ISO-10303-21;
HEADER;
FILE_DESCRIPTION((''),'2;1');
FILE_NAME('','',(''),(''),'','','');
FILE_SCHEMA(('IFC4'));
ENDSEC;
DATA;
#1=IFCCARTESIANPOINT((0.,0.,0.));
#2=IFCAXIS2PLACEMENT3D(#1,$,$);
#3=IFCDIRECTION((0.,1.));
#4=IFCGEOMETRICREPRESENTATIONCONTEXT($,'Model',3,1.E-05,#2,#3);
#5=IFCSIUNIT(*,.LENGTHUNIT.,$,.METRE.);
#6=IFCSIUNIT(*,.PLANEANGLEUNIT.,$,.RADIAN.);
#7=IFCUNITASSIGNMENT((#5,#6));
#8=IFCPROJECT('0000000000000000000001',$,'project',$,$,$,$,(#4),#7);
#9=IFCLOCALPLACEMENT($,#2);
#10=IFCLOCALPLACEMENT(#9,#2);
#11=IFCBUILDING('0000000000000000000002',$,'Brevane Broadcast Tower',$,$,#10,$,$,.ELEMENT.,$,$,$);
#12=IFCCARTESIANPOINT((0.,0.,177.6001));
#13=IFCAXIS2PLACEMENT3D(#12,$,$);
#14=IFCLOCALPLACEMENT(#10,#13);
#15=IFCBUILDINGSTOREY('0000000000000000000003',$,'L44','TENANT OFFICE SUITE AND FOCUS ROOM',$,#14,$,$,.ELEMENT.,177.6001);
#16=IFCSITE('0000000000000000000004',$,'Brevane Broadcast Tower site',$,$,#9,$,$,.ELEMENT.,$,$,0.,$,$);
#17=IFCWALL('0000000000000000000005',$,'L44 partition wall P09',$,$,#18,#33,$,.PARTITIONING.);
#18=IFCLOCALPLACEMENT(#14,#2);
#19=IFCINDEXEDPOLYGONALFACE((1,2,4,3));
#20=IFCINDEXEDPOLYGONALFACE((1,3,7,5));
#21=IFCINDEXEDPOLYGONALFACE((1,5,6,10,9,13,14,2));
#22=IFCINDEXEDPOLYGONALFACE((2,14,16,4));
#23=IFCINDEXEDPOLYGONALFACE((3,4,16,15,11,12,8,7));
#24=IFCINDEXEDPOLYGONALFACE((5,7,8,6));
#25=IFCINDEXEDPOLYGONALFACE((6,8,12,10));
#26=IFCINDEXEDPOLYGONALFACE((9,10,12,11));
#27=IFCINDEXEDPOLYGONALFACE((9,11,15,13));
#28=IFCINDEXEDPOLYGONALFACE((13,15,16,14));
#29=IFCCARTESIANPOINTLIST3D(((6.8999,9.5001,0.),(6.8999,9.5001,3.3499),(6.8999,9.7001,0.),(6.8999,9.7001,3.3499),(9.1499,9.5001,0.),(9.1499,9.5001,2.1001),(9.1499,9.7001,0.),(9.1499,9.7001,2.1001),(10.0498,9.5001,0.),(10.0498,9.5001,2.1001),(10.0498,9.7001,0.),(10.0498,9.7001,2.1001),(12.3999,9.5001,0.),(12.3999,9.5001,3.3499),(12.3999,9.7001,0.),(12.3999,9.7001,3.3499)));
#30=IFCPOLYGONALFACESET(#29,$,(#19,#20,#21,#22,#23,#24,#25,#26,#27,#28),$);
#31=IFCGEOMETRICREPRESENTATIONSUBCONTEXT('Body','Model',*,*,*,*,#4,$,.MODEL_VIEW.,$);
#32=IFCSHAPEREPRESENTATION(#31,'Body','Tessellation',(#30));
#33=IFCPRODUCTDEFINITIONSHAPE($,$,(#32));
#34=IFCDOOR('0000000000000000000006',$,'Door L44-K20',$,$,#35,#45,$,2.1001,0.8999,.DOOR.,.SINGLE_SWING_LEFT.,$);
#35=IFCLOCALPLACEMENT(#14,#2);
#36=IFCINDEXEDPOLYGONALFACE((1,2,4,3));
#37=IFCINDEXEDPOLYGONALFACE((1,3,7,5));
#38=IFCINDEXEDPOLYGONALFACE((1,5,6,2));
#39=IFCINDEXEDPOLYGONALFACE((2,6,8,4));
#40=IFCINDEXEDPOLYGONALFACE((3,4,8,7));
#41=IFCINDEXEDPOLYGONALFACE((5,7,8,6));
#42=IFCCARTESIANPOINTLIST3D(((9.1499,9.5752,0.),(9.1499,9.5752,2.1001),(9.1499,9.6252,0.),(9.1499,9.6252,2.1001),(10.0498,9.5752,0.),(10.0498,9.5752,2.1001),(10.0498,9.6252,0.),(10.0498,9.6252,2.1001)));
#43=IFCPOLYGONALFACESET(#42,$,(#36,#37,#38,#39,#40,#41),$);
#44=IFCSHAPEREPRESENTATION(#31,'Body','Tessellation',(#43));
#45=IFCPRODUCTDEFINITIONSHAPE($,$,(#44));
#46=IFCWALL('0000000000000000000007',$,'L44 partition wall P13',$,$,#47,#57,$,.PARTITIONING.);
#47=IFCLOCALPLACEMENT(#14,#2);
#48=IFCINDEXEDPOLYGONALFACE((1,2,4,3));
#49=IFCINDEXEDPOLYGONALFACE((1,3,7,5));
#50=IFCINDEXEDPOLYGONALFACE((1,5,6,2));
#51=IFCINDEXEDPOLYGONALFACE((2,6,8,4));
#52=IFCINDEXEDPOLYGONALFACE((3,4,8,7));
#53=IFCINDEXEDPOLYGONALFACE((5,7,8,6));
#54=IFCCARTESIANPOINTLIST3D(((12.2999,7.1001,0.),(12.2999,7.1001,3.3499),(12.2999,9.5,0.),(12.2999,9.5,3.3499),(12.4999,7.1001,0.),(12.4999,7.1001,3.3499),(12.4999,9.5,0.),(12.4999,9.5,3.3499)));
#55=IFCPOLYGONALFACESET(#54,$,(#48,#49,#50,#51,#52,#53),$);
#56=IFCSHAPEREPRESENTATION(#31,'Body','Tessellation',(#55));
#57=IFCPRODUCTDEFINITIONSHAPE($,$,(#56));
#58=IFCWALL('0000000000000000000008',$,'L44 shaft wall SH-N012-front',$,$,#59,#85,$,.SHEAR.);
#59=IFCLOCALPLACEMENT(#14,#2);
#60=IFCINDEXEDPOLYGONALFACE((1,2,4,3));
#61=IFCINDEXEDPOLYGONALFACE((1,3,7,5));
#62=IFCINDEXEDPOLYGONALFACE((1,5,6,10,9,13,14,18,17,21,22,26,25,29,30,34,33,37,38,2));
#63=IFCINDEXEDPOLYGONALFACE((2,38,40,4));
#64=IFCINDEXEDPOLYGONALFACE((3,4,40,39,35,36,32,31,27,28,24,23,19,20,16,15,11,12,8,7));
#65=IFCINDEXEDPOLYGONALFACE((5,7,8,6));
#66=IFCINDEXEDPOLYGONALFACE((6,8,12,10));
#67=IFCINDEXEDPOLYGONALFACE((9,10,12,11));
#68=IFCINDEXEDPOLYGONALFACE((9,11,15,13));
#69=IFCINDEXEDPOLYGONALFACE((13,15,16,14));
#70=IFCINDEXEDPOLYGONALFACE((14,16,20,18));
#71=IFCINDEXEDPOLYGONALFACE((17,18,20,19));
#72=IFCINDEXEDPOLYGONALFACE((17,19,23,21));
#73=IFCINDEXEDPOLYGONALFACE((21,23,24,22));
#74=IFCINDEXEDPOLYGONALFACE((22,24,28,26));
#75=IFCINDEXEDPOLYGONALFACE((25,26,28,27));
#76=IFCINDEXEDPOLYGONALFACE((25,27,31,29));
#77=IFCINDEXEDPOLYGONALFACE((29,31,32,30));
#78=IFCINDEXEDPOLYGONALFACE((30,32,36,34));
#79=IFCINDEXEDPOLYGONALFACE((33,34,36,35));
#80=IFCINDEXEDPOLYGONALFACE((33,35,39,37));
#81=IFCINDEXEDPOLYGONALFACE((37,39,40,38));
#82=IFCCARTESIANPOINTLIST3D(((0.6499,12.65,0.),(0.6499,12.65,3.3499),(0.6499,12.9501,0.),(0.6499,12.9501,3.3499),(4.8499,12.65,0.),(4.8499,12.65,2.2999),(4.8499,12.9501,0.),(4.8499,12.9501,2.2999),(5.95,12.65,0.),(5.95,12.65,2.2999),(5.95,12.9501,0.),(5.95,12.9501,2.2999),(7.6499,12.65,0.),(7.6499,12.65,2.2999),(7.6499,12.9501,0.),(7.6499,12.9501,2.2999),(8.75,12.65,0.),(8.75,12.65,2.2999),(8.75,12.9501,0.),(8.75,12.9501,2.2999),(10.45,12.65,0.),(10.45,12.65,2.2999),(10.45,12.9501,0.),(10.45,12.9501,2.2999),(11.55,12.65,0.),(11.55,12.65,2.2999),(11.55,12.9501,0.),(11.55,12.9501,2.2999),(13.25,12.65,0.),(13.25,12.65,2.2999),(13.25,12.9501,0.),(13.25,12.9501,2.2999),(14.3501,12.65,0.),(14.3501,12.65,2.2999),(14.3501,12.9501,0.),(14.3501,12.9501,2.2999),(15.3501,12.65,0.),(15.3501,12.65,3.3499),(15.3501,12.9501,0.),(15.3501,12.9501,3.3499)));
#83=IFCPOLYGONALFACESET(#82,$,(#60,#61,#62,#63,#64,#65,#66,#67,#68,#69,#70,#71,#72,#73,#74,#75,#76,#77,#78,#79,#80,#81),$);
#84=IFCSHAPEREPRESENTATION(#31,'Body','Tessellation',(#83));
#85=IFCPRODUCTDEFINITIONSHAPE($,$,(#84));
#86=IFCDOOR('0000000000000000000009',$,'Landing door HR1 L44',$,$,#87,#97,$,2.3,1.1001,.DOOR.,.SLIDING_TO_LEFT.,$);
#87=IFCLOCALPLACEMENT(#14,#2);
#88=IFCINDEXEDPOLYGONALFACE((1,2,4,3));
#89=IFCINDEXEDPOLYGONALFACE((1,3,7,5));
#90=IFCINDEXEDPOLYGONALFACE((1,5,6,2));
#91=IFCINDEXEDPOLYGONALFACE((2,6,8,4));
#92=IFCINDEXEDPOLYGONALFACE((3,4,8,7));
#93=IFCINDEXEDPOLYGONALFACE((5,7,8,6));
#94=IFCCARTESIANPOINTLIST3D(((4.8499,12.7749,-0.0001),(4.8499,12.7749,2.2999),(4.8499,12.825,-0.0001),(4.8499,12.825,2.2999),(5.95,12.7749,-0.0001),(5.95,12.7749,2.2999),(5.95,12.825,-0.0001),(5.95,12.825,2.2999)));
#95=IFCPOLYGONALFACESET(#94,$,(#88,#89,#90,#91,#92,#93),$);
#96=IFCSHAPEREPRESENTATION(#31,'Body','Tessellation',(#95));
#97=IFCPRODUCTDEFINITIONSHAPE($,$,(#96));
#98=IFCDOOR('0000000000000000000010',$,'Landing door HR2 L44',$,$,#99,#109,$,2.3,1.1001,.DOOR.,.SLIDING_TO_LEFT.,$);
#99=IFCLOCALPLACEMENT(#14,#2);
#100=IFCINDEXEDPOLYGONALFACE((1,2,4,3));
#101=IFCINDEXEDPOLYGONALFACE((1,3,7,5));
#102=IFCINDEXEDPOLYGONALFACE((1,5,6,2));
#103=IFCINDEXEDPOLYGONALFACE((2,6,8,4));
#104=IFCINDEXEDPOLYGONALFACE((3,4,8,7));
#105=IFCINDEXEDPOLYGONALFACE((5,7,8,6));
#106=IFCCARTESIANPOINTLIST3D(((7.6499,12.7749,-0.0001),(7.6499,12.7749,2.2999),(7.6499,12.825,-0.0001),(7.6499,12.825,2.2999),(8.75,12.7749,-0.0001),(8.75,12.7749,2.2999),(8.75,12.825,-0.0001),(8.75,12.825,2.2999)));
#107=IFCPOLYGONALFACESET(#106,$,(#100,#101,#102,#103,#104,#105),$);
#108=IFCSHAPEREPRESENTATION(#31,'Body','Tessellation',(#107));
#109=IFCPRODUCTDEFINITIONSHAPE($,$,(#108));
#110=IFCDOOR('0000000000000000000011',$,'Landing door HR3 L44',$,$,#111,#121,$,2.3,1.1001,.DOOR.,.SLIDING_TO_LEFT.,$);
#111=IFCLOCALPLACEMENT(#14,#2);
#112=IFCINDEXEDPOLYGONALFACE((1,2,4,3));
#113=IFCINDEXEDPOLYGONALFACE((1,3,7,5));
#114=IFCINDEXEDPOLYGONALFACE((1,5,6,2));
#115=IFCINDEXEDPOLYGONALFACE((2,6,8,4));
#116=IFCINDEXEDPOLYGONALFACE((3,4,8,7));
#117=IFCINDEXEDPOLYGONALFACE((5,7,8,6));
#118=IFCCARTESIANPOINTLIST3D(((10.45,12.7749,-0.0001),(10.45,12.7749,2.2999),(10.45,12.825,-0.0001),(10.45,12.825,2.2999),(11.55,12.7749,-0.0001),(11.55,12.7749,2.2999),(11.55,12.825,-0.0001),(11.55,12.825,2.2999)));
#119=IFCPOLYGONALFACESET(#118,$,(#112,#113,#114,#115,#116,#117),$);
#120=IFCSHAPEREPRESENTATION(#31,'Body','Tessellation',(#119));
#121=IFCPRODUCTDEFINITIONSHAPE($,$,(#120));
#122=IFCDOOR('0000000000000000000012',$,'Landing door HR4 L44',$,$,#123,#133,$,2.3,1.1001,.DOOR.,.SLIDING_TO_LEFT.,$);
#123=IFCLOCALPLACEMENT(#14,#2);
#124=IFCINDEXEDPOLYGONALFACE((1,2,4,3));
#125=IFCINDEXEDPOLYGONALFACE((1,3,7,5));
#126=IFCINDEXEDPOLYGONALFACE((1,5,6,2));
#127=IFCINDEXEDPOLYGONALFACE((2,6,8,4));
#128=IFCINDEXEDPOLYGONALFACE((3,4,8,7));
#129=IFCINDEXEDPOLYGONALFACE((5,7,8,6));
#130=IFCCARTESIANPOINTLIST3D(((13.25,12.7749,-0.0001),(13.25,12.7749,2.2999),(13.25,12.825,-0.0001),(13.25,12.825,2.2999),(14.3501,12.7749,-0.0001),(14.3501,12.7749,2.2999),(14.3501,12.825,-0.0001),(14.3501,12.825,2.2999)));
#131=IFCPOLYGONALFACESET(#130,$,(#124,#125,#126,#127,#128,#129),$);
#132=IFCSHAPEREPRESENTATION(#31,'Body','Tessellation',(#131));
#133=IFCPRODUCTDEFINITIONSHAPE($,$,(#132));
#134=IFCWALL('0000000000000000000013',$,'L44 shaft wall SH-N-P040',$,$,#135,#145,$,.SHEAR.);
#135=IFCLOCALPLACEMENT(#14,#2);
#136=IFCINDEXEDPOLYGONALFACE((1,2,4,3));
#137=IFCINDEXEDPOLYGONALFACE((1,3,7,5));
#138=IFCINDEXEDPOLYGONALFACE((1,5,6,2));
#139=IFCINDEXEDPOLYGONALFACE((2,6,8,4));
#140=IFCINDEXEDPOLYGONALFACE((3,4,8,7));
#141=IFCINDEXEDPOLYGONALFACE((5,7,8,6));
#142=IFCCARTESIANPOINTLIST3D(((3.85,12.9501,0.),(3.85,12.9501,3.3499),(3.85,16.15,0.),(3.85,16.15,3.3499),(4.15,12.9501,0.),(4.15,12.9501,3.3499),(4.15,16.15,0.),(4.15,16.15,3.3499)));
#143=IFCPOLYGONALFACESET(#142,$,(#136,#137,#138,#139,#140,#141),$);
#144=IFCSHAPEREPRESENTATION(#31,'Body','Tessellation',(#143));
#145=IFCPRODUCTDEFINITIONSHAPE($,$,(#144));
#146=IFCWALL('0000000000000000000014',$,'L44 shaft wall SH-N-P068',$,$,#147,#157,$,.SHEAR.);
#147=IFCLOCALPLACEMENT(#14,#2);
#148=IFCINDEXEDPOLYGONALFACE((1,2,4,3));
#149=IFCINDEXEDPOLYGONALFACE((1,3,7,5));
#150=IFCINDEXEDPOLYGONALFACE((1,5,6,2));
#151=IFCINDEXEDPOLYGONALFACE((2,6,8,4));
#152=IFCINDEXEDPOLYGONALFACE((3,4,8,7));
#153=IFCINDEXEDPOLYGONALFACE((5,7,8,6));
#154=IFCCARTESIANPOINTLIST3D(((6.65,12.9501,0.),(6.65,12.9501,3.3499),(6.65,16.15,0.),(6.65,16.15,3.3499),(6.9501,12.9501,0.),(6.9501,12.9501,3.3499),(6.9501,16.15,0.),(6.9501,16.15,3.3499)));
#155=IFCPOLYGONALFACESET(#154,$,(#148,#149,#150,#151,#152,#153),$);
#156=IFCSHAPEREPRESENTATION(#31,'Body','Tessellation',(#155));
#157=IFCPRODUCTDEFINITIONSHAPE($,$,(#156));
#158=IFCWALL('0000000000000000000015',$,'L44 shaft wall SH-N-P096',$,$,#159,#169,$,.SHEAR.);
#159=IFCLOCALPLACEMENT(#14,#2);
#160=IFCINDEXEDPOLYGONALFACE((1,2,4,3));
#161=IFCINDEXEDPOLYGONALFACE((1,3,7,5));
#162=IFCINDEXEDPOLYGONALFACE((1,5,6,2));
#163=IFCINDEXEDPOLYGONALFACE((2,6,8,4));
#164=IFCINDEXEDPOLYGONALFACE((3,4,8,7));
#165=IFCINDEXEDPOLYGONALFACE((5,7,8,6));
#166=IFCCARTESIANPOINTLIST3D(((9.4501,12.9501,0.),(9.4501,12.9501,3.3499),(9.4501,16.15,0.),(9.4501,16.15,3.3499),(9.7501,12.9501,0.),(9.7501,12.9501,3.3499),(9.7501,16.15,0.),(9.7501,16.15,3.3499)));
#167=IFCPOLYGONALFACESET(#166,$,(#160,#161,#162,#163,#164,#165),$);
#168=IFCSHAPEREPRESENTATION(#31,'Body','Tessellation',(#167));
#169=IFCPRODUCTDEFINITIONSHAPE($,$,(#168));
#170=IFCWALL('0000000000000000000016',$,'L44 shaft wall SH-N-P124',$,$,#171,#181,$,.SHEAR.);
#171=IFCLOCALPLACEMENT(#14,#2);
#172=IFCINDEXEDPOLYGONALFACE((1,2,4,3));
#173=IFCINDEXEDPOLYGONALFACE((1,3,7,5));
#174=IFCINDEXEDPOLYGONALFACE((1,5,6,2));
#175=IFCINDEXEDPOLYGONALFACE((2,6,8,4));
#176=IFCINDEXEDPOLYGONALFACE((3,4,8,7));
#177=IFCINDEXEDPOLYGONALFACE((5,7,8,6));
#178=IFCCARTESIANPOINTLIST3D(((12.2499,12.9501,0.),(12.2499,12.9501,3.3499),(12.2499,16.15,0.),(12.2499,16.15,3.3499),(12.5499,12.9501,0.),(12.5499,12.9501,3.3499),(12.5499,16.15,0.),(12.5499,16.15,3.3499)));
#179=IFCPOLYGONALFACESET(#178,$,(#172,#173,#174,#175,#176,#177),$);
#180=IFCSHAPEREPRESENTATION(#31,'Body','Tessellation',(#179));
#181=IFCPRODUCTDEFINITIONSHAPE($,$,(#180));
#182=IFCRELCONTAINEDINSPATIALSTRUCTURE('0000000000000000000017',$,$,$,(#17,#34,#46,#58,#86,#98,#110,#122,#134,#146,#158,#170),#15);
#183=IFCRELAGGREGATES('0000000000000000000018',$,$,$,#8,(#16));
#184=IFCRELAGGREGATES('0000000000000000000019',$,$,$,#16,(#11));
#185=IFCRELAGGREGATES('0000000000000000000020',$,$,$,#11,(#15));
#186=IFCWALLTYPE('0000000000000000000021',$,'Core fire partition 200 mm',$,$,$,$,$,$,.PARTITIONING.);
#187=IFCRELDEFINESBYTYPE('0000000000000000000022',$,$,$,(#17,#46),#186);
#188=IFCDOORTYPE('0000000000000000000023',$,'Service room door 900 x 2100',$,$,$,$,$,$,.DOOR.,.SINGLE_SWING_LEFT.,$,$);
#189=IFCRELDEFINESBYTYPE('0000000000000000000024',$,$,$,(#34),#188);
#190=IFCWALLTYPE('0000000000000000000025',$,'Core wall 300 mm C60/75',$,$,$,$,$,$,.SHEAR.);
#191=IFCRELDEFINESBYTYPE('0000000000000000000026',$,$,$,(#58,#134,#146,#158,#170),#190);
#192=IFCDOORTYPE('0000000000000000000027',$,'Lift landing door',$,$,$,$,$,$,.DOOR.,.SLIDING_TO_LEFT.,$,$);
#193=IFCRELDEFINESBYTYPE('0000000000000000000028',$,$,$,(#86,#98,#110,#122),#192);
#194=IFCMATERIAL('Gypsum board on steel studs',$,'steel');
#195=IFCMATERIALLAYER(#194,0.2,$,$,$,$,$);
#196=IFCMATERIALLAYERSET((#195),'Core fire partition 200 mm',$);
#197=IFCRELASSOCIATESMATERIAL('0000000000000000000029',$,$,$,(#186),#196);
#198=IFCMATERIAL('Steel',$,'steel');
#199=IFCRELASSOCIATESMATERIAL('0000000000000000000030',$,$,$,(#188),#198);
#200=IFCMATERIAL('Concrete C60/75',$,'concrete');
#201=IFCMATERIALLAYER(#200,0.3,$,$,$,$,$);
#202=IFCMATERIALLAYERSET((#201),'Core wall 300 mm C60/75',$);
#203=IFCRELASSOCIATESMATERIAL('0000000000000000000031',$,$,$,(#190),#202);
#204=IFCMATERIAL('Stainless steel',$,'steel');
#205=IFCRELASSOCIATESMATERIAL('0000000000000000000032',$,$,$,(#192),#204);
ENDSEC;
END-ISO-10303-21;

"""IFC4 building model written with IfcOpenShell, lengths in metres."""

from ifc_helpers import new_model, si_unit, direction, frame, frame_2d, origin, place, context, subcontext, project, spatial, rectangle, extrude, material, layer, layer_set, type_object, element, fill, save


model = new_model("IFC4")

# Units and contexts
model_context = context("Model", 3, precision=1e-05, world=origin(), true_north=direction((0.0, 1.0)))
body_context = subcontext(model_context, "Body", "Model", "MODEL_VIEW")
ifc_project = project(units=[si_unit("LENGTHUNIT", "METRE"), si_unit("PLANEANGLEUNIT", "RADIAN")], contexts=[model_context])

# Site, building, storey
site_placement = place(None, origin())
site = spatial("IfcSite", under=ifc_project, at=site_placement, Name="Brevane Broadcast Tower site", CompositionType="ELEMENT", RefElevation=0.0)
building_placement = place(site_placement, origin())
building = spatial("IfcBuilding", under=site, at=building_placement, Name="Brevane Broadcast Tower", CompositionType="ELEMENT")
storey_placement = place(building_placement, frame((0.0, 0.0, 177.6001)))
storey = spatial("IfcBuildingStorey", under=building, at=storey_placement, Name="L44", Description="TENANT OFFICE SUITE AND FOCUS ROOM", CompositionType="ELEMENT", Elevation=177.6001)

# Shared definitions
ifc_material_1 = material(Name="Gypsum board on steel studs", Category="steel")
ifc_layer_1 = layer(ifc_material_1, 0.2)
ifc_layer_set_1 = layer_set([ifc_layer_1], Name="Core fire partition 200 mm")
wall_type_1 = type_object("IfcWallType", Name="Core fire partition 200 mm", PredefinedType="PARTITIONING", material=ifc_layer_set_1)

# Wall, opening, door
ifc_material_2 = material(Name="Steel", Category="steel")
door_type_1 = type_object("IfcDoorType", Name="Service room door 900 x 2100", OperationType="SINGLE_SWING_LEFT", PredefinedType="DOOR", material=ifc_material_2)
wall_1_placement = place(storey_placement, frame((12.3999, 9.6001, 0.0), z_axis=(0.0, 0.0, 1.0), x_axis=(-1.0, 0.0, 0.0)))
wall_1 = element("IfcWall", 1, at=wall_1_placement, inside=storey, type_object=wall_type_1, Name="L44 partition wall P09", PredefinedType="PARTITIONING", context=body_context, shape_type="SweptSolid", body=[
    extrude(rectangle(XDim=5.5, YDim=0.2, at=frame_2d((2.75, 0.0))), origin(), (0.0, 0.0, 1.0), 3.3499),
])
opening_1_placement = place(wall_1_placement, frame((2.3501, 0.0, 0.0)))
opening_1 = element("IfcOpeningElement", 2, at=opening_1_placement, cuts=wall_1, PredefinedType="OPENING", context=body_context, shape_type="SweptSolid", body=[
    extrude(rectangle(XDim=0.8999, YDim=2.1001, at=frame_2d((0.45, 1.05))), frame((0.0, 0.1099, 0.0), z_axis=(0.0, -1.0, 0.0), x_axis=(1.0, 0.0, 0.0)), (0.0, 0.0, 1.0), 0.22),
])
door_1_placement = place(opening_1_placement, origin())
door_1 = element("IfcDoor", 3, at=door_1_placement, inside=storey, type_object=door_type_1, Name="Door L44-K20", OperationType="SINGLE_SWING_LEFT", OverallHeight=2.1001, OverallWidth=0.8999, PredefinedType="DOOR", context=body_context, shape_type="SweptSolid", body=[
    extrude(rectangle(XDim=0.8999, YDim=2.1001, at=frame_2d((0.45, 1.05))), frame((0.0, 0.0249, 0.0), z_axis=(0.0, -1.0, 0.0), x_axis=(1.0, 0.0, 0.0)), (0.0, 0.0, 1.0), 0.05),
])
fill(opening_1, door_1)

# Wall
wall_2_placement = place(storey_placement, frame((12.3999, 9.5, 0.0), z_axis=(0.0, 0.0, 1.0), x_axis=(0.0, -1.0, 0.0)))
element("IfcWall", 4, at=wall_2_placement, inside=storey, type_object=wall_type_1, Name="L44 partition wall P13", PredefinedType="PARTITIONING", context=body_context, shape_type="SweptSolid", body=[
    extrude(rectangle(XDim=2.3999, YDim=0.2, at=frame_2d((1.2, 0.0))), origin(), (0.0, 0.0, 1.0), 3.3499),
])

# Wall, openings, doors
ifc_material_3 = material(Name="Concrete C60/75", Category="concrete")
ifc_layer_2 = layer(ifc_material_3, 0.3)
ifc_layer_set_2 = layer_set([ifc_layer_2], Name="Core wall 300 mm C60/75")
wall_type_2 = type_object("IfcWallType", Name="Core wall 300 mm C60/75", PredefinedType="SHEAR", material=ifc_layer_set_2)
wall_3_placement = place(storey_placement, frame((0.6499, 12.8, 0.0), z_axis=(0.0, 0.0, 1.0), x_axis=(1.0, 0.0, 0.0)))
wall_3 = element("IfcWall", 5, at=wall_3_placement, inside=storey, type_object=wall_type_2, Name="L44 shaft wall SH-N012-front", PredefinedType="SHEAR", context=body_context, shape_type="SweptSolid", body=[
    extrude(rectangle(XDim=14.7002, YDim=0.3, at=frame_2d((7.3501, 0.0))), origin(), (0.0, 0.0, 1.0), 3.3499),
])
opening_2_placement = place(wall_3_placement, frame((4.2, 0.0, 0.0)))
opening_2 = element("IfcOpeningElement", 6, at=opening_2_placement, cuts=wall_3, PredefinedType="OPENING", context=body_context, shape_type="SweptSolid", body=[
    extrude(rectangle(XDim=1.1001, YDim=2.3, at=frame_2d((0.55, 1.1499))), frame((0.0, 0.1599, 0.0), z_axis=(0.0, -1.0, 0.0), x_axis=(1.0, 0.0, 0.0)), (0.0, 0.0, 1.0), 0.3201),
])
opening_3_placement = place(wall_3_placement, frame((7.0, 0.0, 0.0)))
opening_3 = element("IfcOpeningElement", 7, at=opening_3_placement, cuts=wall_3, PredefinedType="OPENING", context=body_context, shape_type="SweptSolid", body=[
    extrude(rectangle(XDim=1.1001, YDim=2.3, at=frame_2d((0.55, 1.1499))), frame((0.0, 0.1599, 0.0), z_axis=(0.0, -1.0, 0.0), x_axis=(1.0, 0.0, 0.0)), (0.0, 0.0, 1.0), 0.3201),
])
opening_4_placement = place(wall_3_placement, frame((9.8, 0.0, 0.0)))
opening_4 = element("IfcOpeningElement", 8, at=opening_4_placement, cuts=wall_3, PredefinedType="OPENING", context=body_context, shape_type="SweptSolid", body=[
    extrude(rectangle(XDim=1.1001, YDim=2.3, at=frame_2d((0.55, 1.1499))), frame((0.0, 0.1599, 0.0), z_axis=(0.0, -1.0, 0.0), x_axis=(1.0, 0.0, 0.0)), (0.0, 0.0, 1.0), 0.3201),
])
opening_5_placement = place(wall_3_placement, frame((12.6001, 0.0, 0.0)))
opening_5 = element("IfcOpeningElement", 9, at=opening_5_placement, cuts=wall_3, PredefinedType="OPENING", context=body_context, shape_type="SweptSolid", body=[
    extrude(rectangle(XDim=1.1001, YDim=2.3, at=frame_2d((0.55, 1.1499))), frame((0.0, 0.1599, 0.0), z_axis=(0.0, -1.0, 0.0), x_axis=(1.0, 0.0, 0.0)), (0.0, 0.0, 1.0), 0.3201),
])
ifc_material_4 = material(Name="Stainless steel", Category="steel")
door_type_2 = type_object("IfcDoorType", Name="Lift landing door", OperationType="SLIDING_TO_LEFT", PredefinedType="DOOR", material=ifc_material_4)
door_2_placement = place(opening_2_placement, origin())
door_2 = element("IfcDoor", 10, at=door_2_placement, inside=storey, type_object=door_type_2, Name="Landing door HR1 L44", OperationType="SLIDING_TO_LEFT", OverallHeight=2.3, OverallWidth=1.1001, PredefinedType="DOOR", context=body_context, shape_type="SweptSolid", body=[
    extrude(rectangle(XDim=1.1001, YDim=2.3, at=frame_2d((0.55, 1.1499))), frame((0.0, 0.0249, 0.0), z_axis=(0.0, -1.0, 0.0), x_axis=(1.0, 0.0, 0.0)), (0.0, 0.0, 1.0), 0.05),
])
fill(opening_2, door_2)
door_3_placement = place(opening_3_placement, origin())
door_3 = element("IfcDoor", 11, at=door_3_placement, inside=storey, type_object=door_type_2, Name="Landing door HR2 L44", OperationType="SLIDING_TO_LEFT", OverallHeight=2.3, OverallWidth=1.1001, PredefinedType="DOOR", context=body_context, shape_type="SweptSolid", body=[
    extrude(rectangle(XDim=1.1001, YDim=2.3, at=frame_2d((0.55, 1.1499))), frame((0.0, 0.0249, 0.0), z_axis=(0.0, -1.0, 0.0), x_axis=(1.0, 0.0, 0.0)), (0.0, 0.0, 1.0), 0.05),
])
fill(opening_3, door_3)
door_4_placement = place(opening_4_placement, origin())
door_4 = element("IfcDoor", 12, at=door_4_placement, inside=storey, type_object=door_type_2, Name="Landing door HR3 L44", OperationType="SLIDING_TO_LEFT", OverallHeight=2.3, OverallWidth=1.1001, PredefinedType="DOOR", context=body_context, shape_type="SweptSolid", body=[
    extrude(rectangle(XDim=1.1001, YDim=2.3, at=frame_2d((0.55, 1.1499))), frame((0.0, 0.0249, 0.0), z_axis=(0.0, -1.0, 0.0), x_axis=(1.0, 0.0, 0.0)), (0.0, 0.0, 1.0), 0.05),
])
fill(opening_4, door_4)
door_5_placement = place(opening_5_placement, origin())
door_5 = element("IfcDoor", 13, at=door_5_placement, inside=storey, type_object=door_type_2, Name="Landing door HR4 L44", OperationType="SLIDING_TO_LEFT", OverallHeight=2.3, OverallWidth=1.1001, PredefinedType="DOOR", context=body_context, shape_type="SweptSolid", body=[
    extrude(rectangle(XDim=1.1001, YDim=2.3, at=frame_2d((0.55, 1.1499))), frame((0.0, 0.0249, 0.0), z_axis=(0.0, -1.0, 0.0), x_axis=(1.0, 0.0, 0.0)), (0.0, 0.0, 1.0), 0.05),
])
fill(opening_5, door_5)

# Walls
for number, where, z_axis, x_axis, name in (
    (14, (4.0, 12.95, 0.0), (0.0, 0.0, 1.0), (0.0, 1.0, 0.0), "L44 shaft wall SH-N-P040"),
    (15, (6.8, 12.95, 0.0), (0.0, 0.0, 1.0), (0.0, 1.0, 0.0), "L44 shaft wall SH-N-P068"),
    (16, (9.6001, 12.95, 0.0), (0.0, 0.0, 1.0), (0.0, 1.0, 0.0), "L44 shaft wall SH-N-P096"),
    (17, (12.3999, 12.95, 0.0), (0.0, 0.0, 1.0), (0.0, 1.0, 0.0), "L44 shaft wall SH-N-P124"),
):
    element("IfcWall", number, at=place(storey_placement, frame(where, z_axis=z_axis, x_axis=x_axis)), inside=storey, type_object=wall_type_2, Name=name, PredefinedType="SHEAR", context=body_context, shape_type="SweptSolid", body=[
        extrude(rectangle(XDim=3.2, YDim=0.3, at=frame_2d((1.6001, 0.0))), origin(), (0.0, 0.0, 1.0), 3.3499),
    ])

save(model, "model.ifc")
